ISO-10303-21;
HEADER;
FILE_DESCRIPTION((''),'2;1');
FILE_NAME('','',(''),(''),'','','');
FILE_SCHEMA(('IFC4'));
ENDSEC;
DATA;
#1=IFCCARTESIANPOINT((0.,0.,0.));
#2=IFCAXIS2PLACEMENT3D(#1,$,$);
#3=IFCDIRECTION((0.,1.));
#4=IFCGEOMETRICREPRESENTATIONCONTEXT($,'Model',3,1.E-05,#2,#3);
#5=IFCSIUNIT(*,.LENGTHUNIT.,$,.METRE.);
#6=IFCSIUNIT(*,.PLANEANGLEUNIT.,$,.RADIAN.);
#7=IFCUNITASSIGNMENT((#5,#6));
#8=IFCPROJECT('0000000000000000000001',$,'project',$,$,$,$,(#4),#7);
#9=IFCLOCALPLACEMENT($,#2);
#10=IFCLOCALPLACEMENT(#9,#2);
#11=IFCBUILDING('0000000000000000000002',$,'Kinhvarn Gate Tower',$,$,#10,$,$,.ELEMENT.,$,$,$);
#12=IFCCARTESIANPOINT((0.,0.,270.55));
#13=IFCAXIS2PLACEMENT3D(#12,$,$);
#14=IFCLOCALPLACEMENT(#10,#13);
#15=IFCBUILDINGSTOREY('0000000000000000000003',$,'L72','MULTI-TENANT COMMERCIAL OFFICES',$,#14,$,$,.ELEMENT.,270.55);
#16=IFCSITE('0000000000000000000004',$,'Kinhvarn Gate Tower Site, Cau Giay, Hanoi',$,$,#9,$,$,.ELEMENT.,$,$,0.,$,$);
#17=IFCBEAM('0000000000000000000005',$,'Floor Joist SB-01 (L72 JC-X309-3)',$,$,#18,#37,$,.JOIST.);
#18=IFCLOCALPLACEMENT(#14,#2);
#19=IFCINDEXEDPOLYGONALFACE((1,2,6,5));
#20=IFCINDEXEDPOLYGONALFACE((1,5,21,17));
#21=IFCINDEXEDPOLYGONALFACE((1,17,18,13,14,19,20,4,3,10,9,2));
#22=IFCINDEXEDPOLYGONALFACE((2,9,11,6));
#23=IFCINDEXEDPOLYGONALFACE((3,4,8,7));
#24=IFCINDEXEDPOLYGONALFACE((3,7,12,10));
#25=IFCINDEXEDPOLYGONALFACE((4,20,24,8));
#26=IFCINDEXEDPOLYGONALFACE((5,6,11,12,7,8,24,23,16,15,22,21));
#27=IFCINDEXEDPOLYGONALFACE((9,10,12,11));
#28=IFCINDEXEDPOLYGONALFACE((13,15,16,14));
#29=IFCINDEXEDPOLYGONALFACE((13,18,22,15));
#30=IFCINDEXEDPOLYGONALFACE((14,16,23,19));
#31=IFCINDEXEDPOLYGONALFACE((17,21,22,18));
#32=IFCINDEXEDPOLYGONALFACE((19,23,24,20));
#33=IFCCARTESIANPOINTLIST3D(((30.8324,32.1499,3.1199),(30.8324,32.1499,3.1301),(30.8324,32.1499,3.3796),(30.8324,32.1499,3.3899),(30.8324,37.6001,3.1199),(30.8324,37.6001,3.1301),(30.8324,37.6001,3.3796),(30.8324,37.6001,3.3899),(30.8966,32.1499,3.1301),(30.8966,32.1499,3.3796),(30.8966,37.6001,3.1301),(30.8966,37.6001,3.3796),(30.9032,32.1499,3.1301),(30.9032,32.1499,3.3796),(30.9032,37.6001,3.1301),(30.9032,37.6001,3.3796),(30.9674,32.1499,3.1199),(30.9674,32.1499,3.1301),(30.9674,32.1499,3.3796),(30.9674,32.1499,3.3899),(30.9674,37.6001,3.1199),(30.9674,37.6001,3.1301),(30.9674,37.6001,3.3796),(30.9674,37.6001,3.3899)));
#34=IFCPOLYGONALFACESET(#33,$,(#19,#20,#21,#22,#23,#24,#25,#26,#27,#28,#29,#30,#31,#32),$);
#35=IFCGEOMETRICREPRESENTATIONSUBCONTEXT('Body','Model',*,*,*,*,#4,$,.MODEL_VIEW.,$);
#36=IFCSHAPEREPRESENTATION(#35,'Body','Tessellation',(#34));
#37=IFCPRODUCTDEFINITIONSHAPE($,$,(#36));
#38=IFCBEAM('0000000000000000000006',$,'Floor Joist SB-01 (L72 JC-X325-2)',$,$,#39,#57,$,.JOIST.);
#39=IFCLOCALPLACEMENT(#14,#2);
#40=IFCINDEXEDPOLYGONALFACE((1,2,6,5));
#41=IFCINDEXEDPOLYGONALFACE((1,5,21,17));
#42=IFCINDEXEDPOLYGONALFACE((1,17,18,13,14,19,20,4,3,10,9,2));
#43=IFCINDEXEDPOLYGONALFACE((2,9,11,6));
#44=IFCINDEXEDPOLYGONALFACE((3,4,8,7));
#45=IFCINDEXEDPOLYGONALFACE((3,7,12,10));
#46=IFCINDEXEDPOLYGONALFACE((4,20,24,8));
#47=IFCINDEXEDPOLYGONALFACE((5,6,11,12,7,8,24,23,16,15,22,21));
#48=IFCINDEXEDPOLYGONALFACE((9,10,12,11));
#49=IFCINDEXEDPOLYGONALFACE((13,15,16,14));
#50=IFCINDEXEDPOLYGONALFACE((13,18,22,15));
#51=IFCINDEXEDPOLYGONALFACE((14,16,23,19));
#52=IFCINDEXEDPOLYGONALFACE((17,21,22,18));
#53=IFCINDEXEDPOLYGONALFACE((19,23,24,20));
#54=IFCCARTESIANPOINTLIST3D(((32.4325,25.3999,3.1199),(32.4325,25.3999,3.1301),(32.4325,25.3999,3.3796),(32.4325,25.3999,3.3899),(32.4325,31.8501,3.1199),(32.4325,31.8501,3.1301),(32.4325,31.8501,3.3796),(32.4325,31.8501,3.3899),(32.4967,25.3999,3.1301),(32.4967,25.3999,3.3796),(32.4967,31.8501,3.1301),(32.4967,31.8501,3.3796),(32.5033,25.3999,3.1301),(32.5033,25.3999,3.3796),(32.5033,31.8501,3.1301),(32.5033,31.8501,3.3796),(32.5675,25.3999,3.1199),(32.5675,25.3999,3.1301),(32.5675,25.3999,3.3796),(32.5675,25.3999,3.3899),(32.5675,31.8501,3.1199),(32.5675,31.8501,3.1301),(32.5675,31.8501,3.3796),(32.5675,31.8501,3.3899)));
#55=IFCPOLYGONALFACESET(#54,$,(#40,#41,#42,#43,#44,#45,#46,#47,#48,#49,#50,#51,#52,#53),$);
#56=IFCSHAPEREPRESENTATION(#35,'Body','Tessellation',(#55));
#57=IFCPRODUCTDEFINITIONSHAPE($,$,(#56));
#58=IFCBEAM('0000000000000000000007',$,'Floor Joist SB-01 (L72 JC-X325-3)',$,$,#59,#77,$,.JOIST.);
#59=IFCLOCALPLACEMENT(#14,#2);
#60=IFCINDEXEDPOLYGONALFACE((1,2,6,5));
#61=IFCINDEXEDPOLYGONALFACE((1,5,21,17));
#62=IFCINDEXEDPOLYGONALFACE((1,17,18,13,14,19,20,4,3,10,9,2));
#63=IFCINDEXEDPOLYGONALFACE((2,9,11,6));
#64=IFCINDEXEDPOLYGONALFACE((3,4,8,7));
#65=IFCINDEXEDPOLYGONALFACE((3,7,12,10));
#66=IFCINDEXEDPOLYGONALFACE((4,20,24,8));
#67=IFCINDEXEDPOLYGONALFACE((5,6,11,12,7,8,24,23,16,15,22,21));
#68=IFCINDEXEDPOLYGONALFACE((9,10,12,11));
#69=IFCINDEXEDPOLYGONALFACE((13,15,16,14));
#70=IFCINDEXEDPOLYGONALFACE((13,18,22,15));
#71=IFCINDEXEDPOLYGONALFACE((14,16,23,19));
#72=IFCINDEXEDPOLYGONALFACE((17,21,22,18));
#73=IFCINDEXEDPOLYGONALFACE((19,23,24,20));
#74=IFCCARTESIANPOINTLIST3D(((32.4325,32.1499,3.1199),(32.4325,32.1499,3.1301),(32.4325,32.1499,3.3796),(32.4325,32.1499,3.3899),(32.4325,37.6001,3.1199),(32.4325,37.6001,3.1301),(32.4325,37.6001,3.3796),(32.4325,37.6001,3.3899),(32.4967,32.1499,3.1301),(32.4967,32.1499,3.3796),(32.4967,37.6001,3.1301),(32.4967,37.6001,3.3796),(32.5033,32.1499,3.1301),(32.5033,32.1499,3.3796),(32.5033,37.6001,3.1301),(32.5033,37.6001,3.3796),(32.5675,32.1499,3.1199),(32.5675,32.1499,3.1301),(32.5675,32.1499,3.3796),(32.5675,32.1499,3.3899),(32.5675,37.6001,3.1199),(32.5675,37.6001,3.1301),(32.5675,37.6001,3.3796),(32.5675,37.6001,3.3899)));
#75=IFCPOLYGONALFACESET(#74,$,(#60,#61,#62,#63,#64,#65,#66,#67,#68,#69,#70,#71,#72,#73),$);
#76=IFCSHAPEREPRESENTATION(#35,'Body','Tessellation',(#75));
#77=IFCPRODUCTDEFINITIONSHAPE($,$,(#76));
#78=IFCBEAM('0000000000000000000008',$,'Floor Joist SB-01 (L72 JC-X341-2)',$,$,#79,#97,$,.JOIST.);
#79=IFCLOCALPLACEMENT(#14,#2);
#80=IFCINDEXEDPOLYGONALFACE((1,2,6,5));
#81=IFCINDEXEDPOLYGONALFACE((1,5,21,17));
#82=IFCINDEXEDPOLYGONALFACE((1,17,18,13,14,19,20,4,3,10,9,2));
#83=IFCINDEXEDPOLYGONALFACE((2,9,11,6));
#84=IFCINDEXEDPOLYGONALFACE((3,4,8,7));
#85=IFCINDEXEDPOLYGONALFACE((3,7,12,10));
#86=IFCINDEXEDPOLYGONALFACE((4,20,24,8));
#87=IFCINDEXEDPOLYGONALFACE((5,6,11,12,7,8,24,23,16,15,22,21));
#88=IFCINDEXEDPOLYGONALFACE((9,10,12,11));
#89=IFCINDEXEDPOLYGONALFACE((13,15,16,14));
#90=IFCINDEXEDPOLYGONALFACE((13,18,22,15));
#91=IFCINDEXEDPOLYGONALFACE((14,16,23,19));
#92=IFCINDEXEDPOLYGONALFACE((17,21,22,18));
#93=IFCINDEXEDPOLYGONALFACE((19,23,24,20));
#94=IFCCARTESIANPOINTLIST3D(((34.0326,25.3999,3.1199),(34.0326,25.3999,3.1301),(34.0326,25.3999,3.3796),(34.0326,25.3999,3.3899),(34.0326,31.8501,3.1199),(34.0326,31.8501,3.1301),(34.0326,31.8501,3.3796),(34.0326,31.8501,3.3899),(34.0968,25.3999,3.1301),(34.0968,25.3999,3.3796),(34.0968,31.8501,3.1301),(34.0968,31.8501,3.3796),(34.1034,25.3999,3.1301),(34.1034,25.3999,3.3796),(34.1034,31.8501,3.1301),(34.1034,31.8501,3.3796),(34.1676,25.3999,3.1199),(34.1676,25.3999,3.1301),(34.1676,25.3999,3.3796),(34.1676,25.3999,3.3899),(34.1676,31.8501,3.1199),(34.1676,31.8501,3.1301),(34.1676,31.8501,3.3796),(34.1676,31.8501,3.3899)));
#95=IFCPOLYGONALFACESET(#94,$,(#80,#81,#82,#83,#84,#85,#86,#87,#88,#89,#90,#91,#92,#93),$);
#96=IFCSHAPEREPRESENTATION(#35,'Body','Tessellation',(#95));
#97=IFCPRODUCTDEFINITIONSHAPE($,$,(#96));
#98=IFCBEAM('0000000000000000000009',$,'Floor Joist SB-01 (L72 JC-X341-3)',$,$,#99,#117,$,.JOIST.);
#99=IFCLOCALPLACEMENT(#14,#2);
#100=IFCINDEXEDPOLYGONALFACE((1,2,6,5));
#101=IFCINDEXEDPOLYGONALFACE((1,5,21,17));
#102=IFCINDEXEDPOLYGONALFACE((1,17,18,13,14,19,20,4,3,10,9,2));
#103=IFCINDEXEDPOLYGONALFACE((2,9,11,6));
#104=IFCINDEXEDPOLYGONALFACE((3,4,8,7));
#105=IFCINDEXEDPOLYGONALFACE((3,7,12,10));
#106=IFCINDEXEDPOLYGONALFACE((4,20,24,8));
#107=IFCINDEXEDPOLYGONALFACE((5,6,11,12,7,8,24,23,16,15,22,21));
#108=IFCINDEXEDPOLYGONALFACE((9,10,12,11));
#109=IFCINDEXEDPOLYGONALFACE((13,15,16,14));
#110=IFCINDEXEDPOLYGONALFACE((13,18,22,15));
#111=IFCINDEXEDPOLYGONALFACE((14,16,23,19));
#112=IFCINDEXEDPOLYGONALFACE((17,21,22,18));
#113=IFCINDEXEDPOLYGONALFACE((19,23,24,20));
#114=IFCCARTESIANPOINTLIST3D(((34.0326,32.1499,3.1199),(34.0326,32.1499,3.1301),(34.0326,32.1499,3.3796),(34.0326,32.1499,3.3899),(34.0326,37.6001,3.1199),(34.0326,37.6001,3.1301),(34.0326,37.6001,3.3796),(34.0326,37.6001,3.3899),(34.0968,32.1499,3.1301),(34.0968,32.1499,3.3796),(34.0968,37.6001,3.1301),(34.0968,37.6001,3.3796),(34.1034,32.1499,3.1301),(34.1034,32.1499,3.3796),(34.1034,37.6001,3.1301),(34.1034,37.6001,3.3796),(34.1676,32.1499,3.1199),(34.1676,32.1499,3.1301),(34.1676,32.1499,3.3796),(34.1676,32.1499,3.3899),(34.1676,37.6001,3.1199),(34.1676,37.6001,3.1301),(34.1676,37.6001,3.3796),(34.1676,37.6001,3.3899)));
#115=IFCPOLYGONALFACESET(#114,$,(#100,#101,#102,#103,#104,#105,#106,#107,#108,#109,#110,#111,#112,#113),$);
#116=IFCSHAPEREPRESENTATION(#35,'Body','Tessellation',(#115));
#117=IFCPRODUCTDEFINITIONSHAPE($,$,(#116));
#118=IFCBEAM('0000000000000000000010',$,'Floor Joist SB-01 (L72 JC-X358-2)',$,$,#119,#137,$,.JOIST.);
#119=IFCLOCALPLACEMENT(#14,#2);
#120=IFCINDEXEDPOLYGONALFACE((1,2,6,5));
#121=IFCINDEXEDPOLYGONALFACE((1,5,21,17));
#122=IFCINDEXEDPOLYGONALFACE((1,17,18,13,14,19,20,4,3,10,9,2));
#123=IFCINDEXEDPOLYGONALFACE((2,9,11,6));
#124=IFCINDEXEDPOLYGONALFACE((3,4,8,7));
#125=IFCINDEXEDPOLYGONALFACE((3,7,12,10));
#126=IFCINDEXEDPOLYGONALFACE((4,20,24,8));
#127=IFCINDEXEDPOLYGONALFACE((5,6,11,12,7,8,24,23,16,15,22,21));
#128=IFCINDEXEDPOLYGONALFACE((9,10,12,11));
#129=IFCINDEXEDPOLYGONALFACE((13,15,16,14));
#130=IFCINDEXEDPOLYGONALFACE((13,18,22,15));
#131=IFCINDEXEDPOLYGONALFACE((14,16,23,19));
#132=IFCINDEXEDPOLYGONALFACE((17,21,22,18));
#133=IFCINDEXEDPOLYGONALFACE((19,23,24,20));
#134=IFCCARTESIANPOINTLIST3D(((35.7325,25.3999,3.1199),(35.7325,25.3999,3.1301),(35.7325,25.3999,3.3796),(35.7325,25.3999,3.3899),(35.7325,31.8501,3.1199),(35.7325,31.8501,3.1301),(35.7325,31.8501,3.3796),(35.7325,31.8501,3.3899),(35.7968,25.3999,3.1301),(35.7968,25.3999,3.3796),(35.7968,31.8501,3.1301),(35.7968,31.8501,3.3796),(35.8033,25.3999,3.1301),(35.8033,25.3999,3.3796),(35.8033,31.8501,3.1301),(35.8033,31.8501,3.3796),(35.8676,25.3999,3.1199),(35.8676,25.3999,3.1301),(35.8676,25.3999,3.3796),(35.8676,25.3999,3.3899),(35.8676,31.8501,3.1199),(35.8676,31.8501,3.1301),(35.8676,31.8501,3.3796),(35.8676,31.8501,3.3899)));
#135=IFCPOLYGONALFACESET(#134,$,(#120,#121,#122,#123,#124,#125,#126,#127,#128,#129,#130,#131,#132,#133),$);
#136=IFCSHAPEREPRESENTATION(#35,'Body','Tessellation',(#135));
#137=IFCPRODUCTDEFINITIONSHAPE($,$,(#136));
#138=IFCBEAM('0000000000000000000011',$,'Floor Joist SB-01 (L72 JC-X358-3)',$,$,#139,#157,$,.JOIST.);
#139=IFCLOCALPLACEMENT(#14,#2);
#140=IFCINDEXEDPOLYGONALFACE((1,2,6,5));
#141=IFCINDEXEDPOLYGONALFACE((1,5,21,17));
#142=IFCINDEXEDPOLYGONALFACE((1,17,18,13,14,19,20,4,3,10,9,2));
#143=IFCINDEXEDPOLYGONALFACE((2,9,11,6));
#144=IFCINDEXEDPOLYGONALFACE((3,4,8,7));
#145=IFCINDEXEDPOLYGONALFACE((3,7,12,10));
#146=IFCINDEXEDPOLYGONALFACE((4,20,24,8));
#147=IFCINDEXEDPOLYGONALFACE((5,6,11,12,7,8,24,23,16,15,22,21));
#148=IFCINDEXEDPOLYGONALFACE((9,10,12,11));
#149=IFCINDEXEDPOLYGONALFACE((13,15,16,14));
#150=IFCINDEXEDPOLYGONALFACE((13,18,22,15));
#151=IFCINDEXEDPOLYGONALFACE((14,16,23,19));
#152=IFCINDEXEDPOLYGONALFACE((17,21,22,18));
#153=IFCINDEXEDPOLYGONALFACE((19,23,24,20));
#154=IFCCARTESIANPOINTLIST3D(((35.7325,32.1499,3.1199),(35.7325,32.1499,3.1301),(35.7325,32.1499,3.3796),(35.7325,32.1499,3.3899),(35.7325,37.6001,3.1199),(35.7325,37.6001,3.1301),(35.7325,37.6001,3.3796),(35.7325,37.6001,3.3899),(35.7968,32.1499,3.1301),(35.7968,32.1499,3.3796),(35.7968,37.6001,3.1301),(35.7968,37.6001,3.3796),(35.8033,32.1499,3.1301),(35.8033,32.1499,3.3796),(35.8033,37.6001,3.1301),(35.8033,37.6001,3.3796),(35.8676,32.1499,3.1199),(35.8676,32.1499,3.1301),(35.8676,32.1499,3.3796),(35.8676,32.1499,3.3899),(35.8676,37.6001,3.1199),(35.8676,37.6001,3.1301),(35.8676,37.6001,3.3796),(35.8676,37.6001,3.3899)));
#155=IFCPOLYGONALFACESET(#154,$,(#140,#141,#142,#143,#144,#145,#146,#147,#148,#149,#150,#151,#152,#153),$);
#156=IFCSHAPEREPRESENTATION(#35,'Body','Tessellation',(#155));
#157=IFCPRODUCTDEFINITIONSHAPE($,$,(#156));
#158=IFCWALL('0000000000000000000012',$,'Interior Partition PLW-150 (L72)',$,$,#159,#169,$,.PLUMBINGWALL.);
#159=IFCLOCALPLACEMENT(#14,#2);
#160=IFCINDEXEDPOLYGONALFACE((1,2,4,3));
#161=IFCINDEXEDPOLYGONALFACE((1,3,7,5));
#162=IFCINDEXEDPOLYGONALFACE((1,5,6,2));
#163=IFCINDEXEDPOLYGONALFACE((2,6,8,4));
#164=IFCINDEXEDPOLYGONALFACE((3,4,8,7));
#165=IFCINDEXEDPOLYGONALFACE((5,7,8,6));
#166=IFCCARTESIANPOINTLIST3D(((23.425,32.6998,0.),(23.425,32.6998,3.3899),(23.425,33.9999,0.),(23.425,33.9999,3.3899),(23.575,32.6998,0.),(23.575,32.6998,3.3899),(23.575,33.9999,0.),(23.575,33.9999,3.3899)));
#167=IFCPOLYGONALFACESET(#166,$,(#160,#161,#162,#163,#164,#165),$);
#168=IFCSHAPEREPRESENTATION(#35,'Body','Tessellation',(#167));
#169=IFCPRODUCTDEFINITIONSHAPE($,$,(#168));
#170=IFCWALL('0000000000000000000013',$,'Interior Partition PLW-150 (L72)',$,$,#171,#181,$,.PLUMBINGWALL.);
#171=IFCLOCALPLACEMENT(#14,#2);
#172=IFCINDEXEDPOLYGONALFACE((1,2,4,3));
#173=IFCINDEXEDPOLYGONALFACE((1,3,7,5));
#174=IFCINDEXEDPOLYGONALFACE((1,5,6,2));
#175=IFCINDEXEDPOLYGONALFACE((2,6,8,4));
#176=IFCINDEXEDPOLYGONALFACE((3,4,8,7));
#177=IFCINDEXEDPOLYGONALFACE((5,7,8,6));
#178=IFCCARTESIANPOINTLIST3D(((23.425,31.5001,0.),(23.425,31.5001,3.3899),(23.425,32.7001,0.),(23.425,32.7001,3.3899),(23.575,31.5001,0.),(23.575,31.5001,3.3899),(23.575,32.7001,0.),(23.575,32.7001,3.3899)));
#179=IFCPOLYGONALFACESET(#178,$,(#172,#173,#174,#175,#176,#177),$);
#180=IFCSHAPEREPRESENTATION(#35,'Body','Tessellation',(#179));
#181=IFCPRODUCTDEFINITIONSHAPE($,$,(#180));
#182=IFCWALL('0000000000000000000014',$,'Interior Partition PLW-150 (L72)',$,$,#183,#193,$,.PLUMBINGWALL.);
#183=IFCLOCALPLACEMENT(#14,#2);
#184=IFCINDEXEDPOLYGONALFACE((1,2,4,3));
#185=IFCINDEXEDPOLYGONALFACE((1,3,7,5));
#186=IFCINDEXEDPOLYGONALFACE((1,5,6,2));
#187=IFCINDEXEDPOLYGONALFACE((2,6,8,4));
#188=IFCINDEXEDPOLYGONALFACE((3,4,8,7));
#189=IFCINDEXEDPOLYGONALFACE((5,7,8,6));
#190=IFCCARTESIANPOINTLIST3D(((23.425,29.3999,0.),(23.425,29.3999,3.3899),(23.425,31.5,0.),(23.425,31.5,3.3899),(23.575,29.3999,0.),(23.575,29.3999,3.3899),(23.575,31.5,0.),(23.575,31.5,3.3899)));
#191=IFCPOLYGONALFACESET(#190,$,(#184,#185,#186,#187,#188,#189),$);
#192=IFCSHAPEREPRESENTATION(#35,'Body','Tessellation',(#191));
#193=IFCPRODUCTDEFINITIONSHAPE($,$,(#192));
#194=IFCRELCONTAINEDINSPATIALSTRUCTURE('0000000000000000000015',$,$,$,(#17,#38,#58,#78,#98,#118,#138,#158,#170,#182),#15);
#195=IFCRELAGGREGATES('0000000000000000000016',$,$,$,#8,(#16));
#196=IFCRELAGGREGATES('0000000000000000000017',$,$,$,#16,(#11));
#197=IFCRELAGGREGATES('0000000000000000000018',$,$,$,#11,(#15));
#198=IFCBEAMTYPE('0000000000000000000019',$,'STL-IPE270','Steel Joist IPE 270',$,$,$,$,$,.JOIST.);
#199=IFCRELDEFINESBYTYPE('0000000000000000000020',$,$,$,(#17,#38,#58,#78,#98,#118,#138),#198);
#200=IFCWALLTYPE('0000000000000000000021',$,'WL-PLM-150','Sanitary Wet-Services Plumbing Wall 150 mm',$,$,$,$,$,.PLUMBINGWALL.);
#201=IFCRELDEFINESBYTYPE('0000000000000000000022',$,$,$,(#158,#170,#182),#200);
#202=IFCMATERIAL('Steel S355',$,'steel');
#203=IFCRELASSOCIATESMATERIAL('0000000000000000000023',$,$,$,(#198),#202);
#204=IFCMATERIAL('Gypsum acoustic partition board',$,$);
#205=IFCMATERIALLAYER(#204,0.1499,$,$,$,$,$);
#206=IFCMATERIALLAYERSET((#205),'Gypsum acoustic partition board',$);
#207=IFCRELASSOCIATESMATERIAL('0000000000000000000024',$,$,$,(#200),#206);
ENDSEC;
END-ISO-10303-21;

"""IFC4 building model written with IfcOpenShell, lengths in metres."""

from ifc_helpers import new_model, si_unit, direction, frame, frame_2d, origin, origin_2d, place, context, subcontext, project, spatial, rectangle, i_section, extrude, material, layer, layer_set, material_profile, profile_set, type_object, element, save


model = new_model("IFC4")

# Units and contexts
model_context = context("Model", 3, precision=1e-05, world=origin(), true_north=direction((0.0, 1.0)))
body_context = subcontext(model_context, "Body", "Model", "MODEL_VIEW")
ifc_project = project(units=[si_unit("LENGTHUNIT", "METRE"), si_unit("PLANEANGLEUNIT", "RADIAN")], contexts=[model_context])

# Site, building, storey
site_placement = place(None, origin())
site = spatial("IfcSite", under=ifc_project, at=site_placement, Name="Kinhvarn Gate Tower Site, Cau Giay, Hanoi", CompositionType="ELEMENT", RefElevation=0.0)
building_placement = place(site_placement, origin())
building = spatial("IfcBuilding", under=site, at=building_placement, Name="Kinhvarn Gate Tower", CompositionType="ELEMENT")
storey_placement = place(building_placement, frame((0.0, 0.0, 270.55)))
storey = spatial("IfcBuildingStorey", under=building, at=storey_placement, Name="L72", Description="MULTI-TENANT COMMERCIAL OFFICES", CompositionType="ELEMENT", Elevation=270.55)

# Beams
ifc_material_1 = material(Name="Steel S355", Category="steel")
ifc_material_profile = material_profile(ifc_material_1, i_section(OverallWidth=0.135, OverallDepth=0.27, WebThickness=0.0066, FlangeThickness=0.0103, at=origin_2d()), Name="IPE 270")
ifc_profile_set = profile_set([ifc_material_profile], Name="Steel S355")
beam_type = type_object("IfcBeamType", Name="STL-IPE270", Description="Steel Joist IPE 270", PredefinedType="JOIST", material=ifc_profile_set)
beam_1_placement = place(storey_placement, frame((30.8999, 32.1499, 3.2549), z_axis=(0.0, 1.0, 0.0), x_axis=(-1.0, 0.0, 0.0)))
element("IfcBeam", 1, at=beam_1_placement, inside=storey, type_object=beam_type, Name="Floor Joist SB-01 (L72 JC-X309-3)", PredefinedType="JOIST", context=body_context, shape_type="SweptSolid", body=[
    extrude(i_section(OverallWidth=0.135, OverallDepth=0.27, WebThickness=0.0066, FlangeThickness=0.0103, at=origin_2d()), origin(), (0.0, 0.0, 1.0), 5.4502),
])
beam_2_placement = place(storey_placement, frame((32.5, 25.3999, 3.2549), z_axis=(0.0, 1.0, 0.0), x_axis=(-1.0, 0.0, 0.0)))
element("IfcBeam", 2, at=beam_2_placement, inside=storey, type_object=beam_type, Name="Floor Joist SB-01 (L72 JC-X325-2)", PredefinedType="JOIST", context=body_context, shape_type="SweptSolid", body=[
    extrude(i_section(OverallWidth=0.135, OverallDepth=0.27, WebThickness=0.0066, FlangeThickness=0.0103, at=origin_2d()), origin(), (0.0, 0.0, 1.0), 6.4502),
])
beam_3_placement = place(storey_placement, frame((32.5, 32.1499, 3.2549), z_axis=(0.0, 1.0, 0.0), x_axis=(-1.0, 0.0, 0.0)))
element("IfcBeam", 3, at=beam_3_placement, inside=storey, type_object=beam_type, Name="Floor Joist SB-01 (L72 JC-X325-3)", PredefinedType="JOIST", context=body_context, shape_type="SweptSolid", body=[
    extrude(i_section(OverallWidth=0.135, OverallDepth=0.27, WebThickness=0.0066, FlangeThickness=0.0103, at=origin_2d()), origin(), (0.0, 0.0, 1.0), 5.4502),
])
beam_4_placement = place(storey_placement, frame((34.1001, 25.3999, 3.2549), z_axis=(0.0, 1.0, 0.0), x_axis=(-1.0, 0.0, 0.0)))
element("IfcBeam", 4, at=beam_4_placement, inside=storey, type_object=beam_type, Name="Floor Joist SB-01 (L72 JC-X341-2)", PredefinedType="JOIST", context=body_context, shape_type="SweptSolid", body=[
    extrude(i_section(OverallWidth=0.135, OverallDepth=0.27, WebThickness=0.0066, FlangeThickness=0.0103, at=origin_2d()), origin(), (0.0, 0.0, 1.0), 6.4502),
])
beam_5_placement = place(storey_placement, frame((34.1001, 32.1499, 3.2549), z_axis=(0.0, 1.0, 0.0), x_axis=(-1.0, 0.0, 0.0)))
element("IfcBeam", 5, at=beam_5_placement, inside=storey, type_object=beam_type, Name="Floor Joist SB-01 (L72 JC-X341-3)", PredefinedType="JOIST", context=body_context, shape_type="SweptSolid", body=[
    extrude(i_section(OverallWidth=0.135, OverallDepth=0.27, WebThickness=0.0066, FlangeThickness=0.0103, at=origin_2d()), origin(), (0.0, 0.0, 1.0), 5.4502),
])
beam_6_placement = place(storey_placement, frame((35.8, 25.3999, 3.2549), z_axis=(0.0, 1.0, 0.0), x_axis=(-1.0, 0.0, 0.0)))
element("IfcBeam", 6, at=beam_6_placement, inside=storey, type_object=beam_type, Name="Floor Joist SB-01 (L72 JC-X358-2)", PredefinedType="JOIST", context=body_context, shape_type="SweptSolid", body=[
    extrude(i_section(OverallWidth=0.135, OverallDepth=0.27, WebThickness=0.0066, FlangeThickness=0.0103, at=origin_2d()), origin(), (0.0, 0.0, 1.0), 6.4502),
])
beam_7_placement = place(storey_placement, frame((35.8, 32.1499, 3.2549), z_axis=(0.0, 1.0, 0.0), x_axis=(-1.0, 0.0, 0.0)))
element("IfcBeam", 7, at=beam_7_placement, inside=storey, type_object=beam_type, Name="Floor Joist SB-01 (L72 JC-X358-3)", PredefinedType="JOIST", context=body_context, shape_type="SweptSolid", body=[
    extrude(i_section(OverallWidth=0.135, OverallDepth=0.27, WebThickness=0.0066, FlangeThickness=0.0103, at=origin_2d()), origin(), (0.0, 0.0, 1.0), 5.4502),
])

# Walls
ifc_material_2 = material(Name="Gypsum acoustic partition board")
ifc_layer_1 = layer(ifc_material_2, 0.1499)
ifc_layer_set_1 = layer_set([ifc_layer_1], Name="Gypsum acoustic partition board")
wall_type_1 = type_object("IfcWallType", Name="WL-PLM-150", Description="Sanitary Wet-Services Plumbing Wall 150 mm", PredefinedType="PLUMBINGWALL", material=ifc_layer_set_1)
wall_1_placement = place(storey_placement, frame((23.5, 32.7, 0.0), z_axis=(0.0, 0.0, 1.0), x_axis=(0.0, 1.0, 0.0)))
element("IfcWall", 8, at=wall_1_placement, inside=storey, type_object=wall_type_1, Name="Interior Partition PLW-150 (L72)", PredefinedType="PLUMBINGWALL", context=body_context, shape_type="SweptSolid", body=[
    extrude(rectangle(XDim=1.3, YDim=0.1499, at=frame_2d((0.6499, 0.0))), origin(), (0.0, 0.0, 1.0), 3.3899),
])
wall_2_placement = place(storey_placement, frame((23.5, 31.5, 0.0), z_axis=(0.0, 0.0, 1.0), x_axis=(0.0, 1.0, 0.0)))
element("IfcWall", 9, at=wall_2_placement, inside=storey, type_object=wall_type_1, Name="Interior Partition PLW-150 (L72)", PredefinedType="PLUMBINGWALL", context=body_context, shape_type="SweptSolid", body=[
    extrude(rectangle(XDim=1.2, YDim=0.1499, at=frame_2d((0.6001, 0.0))), origin(), (0.0, 0.0, 1.0), 3.3899),
])
wall_3_placement = place(storey_placement, frame((23.5, 29.3999, 0.0), z_axis=(0.0, 0.0, 1.0), x_axis=(0.0, 1.0, 0.0)))
element("IfcWall", 10, at=wall_3_placement, inside=storey, type_object=wall_type_1, Name="Interior Partition PLW-150 (L72)", PredefinedType="PLUMBINGWALL", context=body_context, shape_type="SweptSolid", body=[
    extrude(rectangle(XDim=2.1001, YDim=0.1499, at=frame_2d((1.05, 0.0))), origin(), (0.0, 0.0, 1.0), 3.3899),
])

save(model, "model.ifc")
